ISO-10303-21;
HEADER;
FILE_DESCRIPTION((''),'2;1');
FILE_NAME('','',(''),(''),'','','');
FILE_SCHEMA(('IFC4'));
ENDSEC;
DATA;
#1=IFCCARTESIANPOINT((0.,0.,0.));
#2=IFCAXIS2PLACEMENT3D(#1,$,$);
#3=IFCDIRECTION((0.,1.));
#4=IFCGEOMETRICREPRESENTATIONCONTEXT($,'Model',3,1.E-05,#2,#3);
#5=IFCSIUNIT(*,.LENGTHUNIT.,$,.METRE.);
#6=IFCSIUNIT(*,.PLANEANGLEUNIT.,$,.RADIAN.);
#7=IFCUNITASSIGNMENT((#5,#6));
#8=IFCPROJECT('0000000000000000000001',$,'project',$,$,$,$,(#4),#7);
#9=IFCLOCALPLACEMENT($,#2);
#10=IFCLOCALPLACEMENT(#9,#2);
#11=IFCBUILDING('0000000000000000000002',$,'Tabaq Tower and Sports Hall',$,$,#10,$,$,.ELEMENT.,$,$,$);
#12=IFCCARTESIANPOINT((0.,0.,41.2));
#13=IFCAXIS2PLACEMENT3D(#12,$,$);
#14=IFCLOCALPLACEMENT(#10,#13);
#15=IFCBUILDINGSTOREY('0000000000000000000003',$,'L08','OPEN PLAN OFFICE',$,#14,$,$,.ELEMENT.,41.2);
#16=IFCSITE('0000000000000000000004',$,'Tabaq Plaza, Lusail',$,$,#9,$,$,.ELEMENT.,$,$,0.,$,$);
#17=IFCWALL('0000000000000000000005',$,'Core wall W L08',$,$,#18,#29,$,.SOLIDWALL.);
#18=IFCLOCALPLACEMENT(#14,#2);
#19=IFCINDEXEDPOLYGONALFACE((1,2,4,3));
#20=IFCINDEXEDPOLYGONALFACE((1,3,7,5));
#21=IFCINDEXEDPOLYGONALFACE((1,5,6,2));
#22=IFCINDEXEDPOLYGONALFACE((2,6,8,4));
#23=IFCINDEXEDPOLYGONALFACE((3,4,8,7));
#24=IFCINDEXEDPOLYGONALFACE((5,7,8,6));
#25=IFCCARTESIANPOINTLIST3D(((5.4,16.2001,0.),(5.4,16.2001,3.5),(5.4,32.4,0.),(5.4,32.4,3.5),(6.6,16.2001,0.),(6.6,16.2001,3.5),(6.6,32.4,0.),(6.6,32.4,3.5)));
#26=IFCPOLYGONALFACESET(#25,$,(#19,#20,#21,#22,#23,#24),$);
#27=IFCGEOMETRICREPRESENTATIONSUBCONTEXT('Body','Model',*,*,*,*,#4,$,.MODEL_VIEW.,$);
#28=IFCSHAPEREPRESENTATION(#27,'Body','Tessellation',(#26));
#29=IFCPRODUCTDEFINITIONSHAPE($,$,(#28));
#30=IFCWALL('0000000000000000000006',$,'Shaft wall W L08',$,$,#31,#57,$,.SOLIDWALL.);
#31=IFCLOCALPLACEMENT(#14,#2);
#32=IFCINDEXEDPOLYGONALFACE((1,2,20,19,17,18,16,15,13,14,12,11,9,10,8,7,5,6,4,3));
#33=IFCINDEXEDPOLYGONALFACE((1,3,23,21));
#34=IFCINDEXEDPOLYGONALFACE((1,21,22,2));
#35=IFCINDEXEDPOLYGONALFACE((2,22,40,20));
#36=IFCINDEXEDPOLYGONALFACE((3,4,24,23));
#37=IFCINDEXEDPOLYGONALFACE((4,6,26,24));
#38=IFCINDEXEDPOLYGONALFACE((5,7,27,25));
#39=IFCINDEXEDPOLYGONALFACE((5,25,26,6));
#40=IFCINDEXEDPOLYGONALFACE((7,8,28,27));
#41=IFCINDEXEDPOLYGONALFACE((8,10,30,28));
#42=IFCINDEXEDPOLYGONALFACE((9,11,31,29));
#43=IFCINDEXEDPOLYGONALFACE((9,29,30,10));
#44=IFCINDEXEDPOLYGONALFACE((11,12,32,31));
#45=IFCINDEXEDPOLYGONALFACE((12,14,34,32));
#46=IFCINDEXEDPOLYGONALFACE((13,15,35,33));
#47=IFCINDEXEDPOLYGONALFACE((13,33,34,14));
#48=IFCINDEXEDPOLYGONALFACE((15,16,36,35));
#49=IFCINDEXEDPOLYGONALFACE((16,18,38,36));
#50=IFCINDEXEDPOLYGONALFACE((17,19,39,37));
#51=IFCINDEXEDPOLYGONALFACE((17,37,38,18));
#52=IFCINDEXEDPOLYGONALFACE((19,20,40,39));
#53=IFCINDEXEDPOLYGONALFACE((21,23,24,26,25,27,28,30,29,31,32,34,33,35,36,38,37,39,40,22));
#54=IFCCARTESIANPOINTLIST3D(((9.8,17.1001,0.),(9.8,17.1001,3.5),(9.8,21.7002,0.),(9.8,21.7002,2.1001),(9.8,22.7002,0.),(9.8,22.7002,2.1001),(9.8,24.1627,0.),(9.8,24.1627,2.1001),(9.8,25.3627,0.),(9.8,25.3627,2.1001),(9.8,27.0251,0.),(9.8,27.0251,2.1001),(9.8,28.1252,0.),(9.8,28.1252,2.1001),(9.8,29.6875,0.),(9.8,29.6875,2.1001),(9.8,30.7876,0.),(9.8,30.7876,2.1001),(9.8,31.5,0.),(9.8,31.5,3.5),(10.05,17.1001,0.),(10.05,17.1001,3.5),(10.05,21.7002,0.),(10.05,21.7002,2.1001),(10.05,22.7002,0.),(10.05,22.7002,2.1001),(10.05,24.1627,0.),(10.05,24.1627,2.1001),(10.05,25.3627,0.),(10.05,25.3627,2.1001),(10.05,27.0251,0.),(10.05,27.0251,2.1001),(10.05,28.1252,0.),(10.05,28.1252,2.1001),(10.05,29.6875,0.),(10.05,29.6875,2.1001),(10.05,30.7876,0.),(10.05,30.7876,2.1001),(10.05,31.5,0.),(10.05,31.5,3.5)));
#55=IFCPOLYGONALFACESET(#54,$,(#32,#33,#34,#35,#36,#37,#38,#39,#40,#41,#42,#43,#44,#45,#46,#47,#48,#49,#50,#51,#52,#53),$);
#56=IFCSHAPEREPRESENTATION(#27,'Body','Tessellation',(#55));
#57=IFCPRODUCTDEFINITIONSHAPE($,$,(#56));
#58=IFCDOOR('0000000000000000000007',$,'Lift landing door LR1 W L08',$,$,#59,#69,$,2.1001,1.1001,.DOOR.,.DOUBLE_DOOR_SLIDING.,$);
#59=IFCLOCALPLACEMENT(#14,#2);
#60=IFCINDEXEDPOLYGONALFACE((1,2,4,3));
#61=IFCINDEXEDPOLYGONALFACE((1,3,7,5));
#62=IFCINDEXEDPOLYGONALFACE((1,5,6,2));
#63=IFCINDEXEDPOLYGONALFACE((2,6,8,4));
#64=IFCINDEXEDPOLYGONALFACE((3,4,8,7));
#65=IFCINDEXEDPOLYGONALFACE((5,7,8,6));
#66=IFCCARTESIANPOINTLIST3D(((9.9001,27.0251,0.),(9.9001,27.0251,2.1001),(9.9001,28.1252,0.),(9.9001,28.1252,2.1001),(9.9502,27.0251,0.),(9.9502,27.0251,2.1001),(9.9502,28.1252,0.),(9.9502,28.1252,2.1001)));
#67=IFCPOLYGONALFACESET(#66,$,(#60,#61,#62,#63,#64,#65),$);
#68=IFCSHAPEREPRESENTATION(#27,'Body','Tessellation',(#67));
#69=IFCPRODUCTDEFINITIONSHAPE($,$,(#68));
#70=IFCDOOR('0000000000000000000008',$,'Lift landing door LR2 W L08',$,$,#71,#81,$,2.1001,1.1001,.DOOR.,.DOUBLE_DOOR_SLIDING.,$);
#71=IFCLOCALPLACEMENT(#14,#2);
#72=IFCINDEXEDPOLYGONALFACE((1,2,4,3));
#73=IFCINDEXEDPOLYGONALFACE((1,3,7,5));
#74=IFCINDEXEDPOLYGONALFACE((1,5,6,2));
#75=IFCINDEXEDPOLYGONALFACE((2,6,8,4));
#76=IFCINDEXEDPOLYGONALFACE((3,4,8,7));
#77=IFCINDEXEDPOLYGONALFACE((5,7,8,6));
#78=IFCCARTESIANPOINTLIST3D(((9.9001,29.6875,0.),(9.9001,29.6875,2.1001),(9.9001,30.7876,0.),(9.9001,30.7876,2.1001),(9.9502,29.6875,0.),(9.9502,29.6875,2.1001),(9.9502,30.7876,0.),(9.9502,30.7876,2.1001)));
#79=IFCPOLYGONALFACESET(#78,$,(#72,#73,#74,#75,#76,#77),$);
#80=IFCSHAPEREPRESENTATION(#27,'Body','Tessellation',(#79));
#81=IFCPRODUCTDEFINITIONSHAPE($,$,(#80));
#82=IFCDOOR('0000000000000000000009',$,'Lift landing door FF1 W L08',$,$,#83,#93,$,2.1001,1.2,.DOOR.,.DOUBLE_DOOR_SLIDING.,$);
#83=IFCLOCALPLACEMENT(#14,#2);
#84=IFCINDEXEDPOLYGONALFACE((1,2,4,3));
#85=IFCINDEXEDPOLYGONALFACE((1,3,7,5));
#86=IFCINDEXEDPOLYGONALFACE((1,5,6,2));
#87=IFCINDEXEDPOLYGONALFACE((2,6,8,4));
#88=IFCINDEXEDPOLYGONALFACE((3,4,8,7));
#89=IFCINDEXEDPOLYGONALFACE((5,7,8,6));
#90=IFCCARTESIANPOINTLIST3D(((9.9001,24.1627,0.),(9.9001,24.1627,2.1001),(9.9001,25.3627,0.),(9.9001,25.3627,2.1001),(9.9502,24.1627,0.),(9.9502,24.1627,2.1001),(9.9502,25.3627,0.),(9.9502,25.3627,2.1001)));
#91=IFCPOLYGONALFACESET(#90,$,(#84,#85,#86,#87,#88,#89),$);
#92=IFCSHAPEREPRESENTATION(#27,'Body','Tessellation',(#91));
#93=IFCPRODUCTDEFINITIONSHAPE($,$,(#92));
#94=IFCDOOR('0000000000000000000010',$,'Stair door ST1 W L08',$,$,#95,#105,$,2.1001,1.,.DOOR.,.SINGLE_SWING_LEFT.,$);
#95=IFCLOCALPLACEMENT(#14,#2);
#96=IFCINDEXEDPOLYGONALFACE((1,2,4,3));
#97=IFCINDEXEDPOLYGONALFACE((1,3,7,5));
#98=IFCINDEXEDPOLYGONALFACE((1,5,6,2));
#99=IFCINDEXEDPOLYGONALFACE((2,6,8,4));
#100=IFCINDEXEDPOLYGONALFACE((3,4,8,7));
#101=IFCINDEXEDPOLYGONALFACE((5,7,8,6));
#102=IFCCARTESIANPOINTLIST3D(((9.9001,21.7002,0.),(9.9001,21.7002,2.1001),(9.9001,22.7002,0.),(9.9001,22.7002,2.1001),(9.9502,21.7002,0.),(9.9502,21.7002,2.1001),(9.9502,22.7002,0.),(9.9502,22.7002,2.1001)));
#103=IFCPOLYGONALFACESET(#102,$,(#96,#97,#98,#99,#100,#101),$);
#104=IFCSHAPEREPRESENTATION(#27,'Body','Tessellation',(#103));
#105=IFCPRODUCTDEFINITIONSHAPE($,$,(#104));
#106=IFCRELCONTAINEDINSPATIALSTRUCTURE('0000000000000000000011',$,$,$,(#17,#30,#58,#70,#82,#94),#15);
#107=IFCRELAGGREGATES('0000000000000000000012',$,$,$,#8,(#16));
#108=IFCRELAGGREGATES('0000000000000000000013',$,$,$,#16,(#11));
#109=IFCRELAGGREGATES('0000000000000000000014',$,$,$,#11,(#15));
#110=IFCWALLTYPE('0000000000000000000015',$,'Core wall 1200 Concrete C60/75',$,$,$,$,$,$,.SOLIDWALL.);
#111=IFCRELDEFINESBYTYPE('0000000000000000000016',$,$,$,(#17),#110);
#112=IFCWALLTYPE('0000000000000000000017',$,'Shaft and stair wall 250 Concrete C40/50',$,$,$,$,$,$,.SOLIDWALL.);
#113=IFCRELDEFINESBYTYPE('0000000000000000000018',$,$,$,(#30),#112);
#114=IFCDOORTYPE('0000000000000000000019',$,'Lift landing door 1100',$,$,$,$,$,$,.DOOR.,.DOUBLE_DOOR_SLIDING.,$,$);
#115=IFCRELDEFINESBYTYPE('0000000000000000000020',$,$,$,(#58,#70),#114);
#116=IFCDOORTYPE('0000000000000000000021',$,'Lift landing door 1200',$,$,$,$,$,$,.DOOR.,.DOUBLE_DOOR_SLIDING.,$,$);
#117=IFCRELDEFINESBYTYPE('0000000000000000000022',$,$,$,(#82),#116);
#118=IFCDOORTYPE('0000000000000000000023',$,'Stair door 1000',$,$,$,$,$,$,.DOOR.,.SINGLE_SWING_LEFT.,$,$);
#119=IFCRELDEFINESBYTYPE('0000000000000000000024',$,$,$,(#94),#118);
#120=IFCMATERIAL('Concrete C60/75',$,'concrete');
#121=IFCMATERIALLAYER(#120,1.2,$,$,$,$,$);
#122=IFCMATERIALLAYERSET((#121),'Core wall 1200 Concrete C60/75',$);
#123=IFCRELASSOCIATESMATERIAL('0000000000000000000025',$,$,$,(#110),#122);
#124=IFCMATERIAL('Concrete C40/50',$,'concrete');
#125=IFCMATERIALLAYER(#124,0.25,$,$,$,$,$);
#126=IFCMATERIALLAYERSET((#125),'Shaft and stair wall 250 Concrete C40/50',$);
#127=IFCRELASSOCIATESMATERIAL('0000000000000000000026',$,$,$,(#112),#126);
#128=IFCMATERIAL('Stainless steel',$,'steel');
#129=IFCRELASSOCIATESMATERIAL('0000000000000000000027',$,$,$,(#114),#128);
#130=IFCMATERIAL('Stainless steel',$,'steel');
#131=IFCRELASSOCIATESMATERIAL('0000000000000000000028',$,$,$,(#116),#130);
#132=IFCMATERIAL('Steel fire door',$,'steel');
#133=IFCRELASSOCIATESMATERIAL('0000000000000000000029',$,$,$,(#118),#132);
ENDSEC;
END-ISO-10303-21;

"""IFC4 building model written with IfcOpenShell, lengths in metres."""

from ifc_helpers import new_model, si_unit, direction, frame, frame_2d, origin, place, context, subcontext, project, spatial, rectangle, extrude, material, layer, layer_set, type_object, element, fill, save


model = new_model("IFC4")

# Units and contexts
model_context = context("Model", 3, precision=1e-05, world=origin(), true_north=direction((0.0, 1.0)))
body_context = subcontext(model_context, "Body", "Model", "MODEL_VIEW")
ifc_project = project(units=[si_unit("LENGTHUNIT", "METRE"), si_unit("PLANEANGLEUNIT", "RADIAN")], contexts=[model_context])

# Site, building, storey
site_placement = place(None, origin())
site = spatial("IfcSite", under=ifc_project, at=site_placement, Name="Tabaq Plaza, Lusail", CompositionType="ELEMENT", RefElevation=0.0)
building_placement = place(site_placement, origin())
building = spatial("IfcBuilding", under=site, at=building_placement, Name="Tabaq Tower and Sports Hall", CompositionType="ELEMENT")
storey_placement = place(building_placement, frame((0.0, 0.0, 41.2)))
storey = spatial("IfcBuildingStorey", under=building, at=storey_placement, Name="L08", Description="OPEN PLAN OFFICE", CompositionType="ELEMENT", Elevation=41.2)

# Wall
ifc_material_1 = material(Name="Concrete C60/75", Category="concrete")
ifc_layer_1 = layer(ifc_material_1, 1.2)
ifc_layer_set_1 = layer_set([ifc_layer_1], Name="Core wall 1200 Concrete C60/75")
wall_type_1 = type_object("IfcWallType", Name="Core wall 1200 Concrete C60/75", PredefinedType="SOLIDWALL", material=ifc_layer_set_1)
wall_1_placement = place(storey_placement, frame((6.0, 16.2, 0.0), z_axis=(0.0, 0.0, 1.0), x_axis=(0.0, 1.0, 0.0)))
element("IfcWall", 1, at=wall_1_placement, inside=storey, type_object=wall_type_1, Name="Core wall W L08", PredefinedType="SOLIDWALL", context=body_context, shape_type="SweptSolid", body=[
    extrude(rectangle(XDim=16.2, YDim=1.2, at=frame_2d((8.1001, 0.0))), origin(), (0.0, 0.0, 1.0), 3.5),
])

# Wall, openings, doors
ifc_material_2 = material(Name="Concrete C40/50", Category="concrete")
ifc_layer_2 = layer(ifc_material_2, 0.25)
ifc_layer_set_2 = layer_set([ifc_layer_2], Name="Shaft and stair wall 250 Concrete C40/50")
wall_type_2 = type_object("IfcWallType", Name="Shaft and stair wall 250 Concrete C40/50", PredefinedType="SOLIDWALL", material=ifc_layer_set_2)
wall_2_placement = place(storey_placement, frame((9.925, 17.1001, 0.0), z_axis=(0.0, 0.0, 1.0), x_axis=(0.0, 1.0, 0.0)))
wall_2 = element("IfcWall", 2, at=wall_2_placement, inside=storey, type_object=wall_type_2, Name="Shaft wall W L08", PredefinedType="SOLIDWALL", context=body_context, shape_type="SweptSolid", body=[
    extrude(rectangle(XDim=14.3999, YDim=0.25, at=frame_2d((7.2, 0.0))), origin(), (0.0, 0.0, 1.0), 3.5),
])
opening_1_placement = place(wall_2_placement, frame((4.6001, 0.0, 0.0)))
opening_1 = element("IfcOpeningElement", 3, at=opening_1_placement, cuts=wall_2, PredefinedType="OPENING", context=body_context, shape_type="SweptSolid", body=[
    extrude(rectangle(XDim=1.0, YDim=2.1001, at=frame_2d((0.5, 1.05))), frame((0.0, 0.125, 0.0), z_axis=(0.0, -1.0, 0.0), x_axis=(1.0, 0.0, 0.0)), (0.0, 0.0, 1.0), 0.25),
])
opening_2_placement = place(wall_2_placement, frame((7.0625, 0.0, 0.0)))
opening_2 = element("IfcOpeningElement", 4, at=opening_2_placement, cuts=wall_2, PredefinedType="OPENING", context=body_context, shape_type="SweptSolid", body=[
    extrude(rectangle(XDim=1.2, YDim=2.1001, at=frame_2d((0.6001, 1.05))), frame((0.0, 0.125, 0.0), z_axis=(0.0, -1.0, 0.0), x_axis=(1.0, 0.0, 0.0)), (0.0, 0.0, 1.0), 0.25),
])
opening_3_placement = place(wall_2_placement, frame((9.925, 0.0, 0.0)))
opening_3 = element("IfcOpeningElement", 5, at=opening_3_placement, cuts=wall_2, PredefinedType="OPENING", context=body_context, shape_type="SweptSolid", body=[
    extrude(rectangle(XDim=1.1001, YDim=2.1001, at=frame_2d((0.55, 1.05))), frame((0.0, 0.125, 0.0), z_axis=(0.0, -1.0, 0.0), x_axis=(1.0, 0.0, 0.0)), (0.0, 0.0, 1.0), 0.25),
])
opening_4_placement = place(wall_2_placement, frame((12.5874, 0.0, 0.0)))
opening_4 = element("IfcOpeningElement", 6, at=opening_4_placement, cuts=wall_2, PredefinedType="OPENING", context=body_context, shape_type="SweptSolid", body=[
    extrude(rectangle(XDim=1.1001, YDim=2.1001, at=frame_2d((0.55, 1.05))), frame((0.0, 0.125, 0.0), z_axis=(0.0, -1.0, 0.0), x_axis=(1.0, 0.0, 0.0)), (0.0, 0.0, 1.0), 0.25),
])
ifc_material_3 = material(Name="Stainless steel", Category="steel")
door_type_1 = type_object("IfcDoorType", Name="Lift landing door 1100", OperationType="DOUBLE_DOOR_SLIDING", PredefinedType="DOOR", material=ifc_material_3)
door_1_placement = place(opening_3_placement, origin())
door_1 = element("IfcDoor", 7, at=door_1_placement, inside=storey, type_object=door_type_1, Name="Lift landing door LR1 W L08", OperationType="DOUBLE_DOOR_SLIDING", OverallHeight=2.1001, OverallWidth=1.1001, PredefinedType="DOOR", context=body_context, shape_type="SweptSolid", body=[
    extrude(rectangle(XDim=1.1001, YDim=2.1001, at=frame_2d((0.55, 1.05))), frame((0.0, 0.0249, 0.0), z_axis=(0.0, -1.0, 0.0), x_axis=(1.0, 0.0, 0.0)), (0.0, 0.0, 1.0), 0.05),
])
fill(opening_3, door_1)
door_2_placement = place(opening_4_placement, origin())
door_2 = element("IfcDoor", 8, at=door_2_placement, inside=storey, type_object=door_type_1, Name="Lift landing door LR2 W L08", OperationType="DOUBLE_DOOR_SLIDING", OverallHeight=2.1001, OverallWidth=1.1001, PredefinedType="DOOR", context=body_context, shape_type="SweptSolid", body=[
    extrude(rectangle(XDim=1.1001, YDim=2.1001, at=frame_2d((0.55, 1.05))), frame((0.0, 0.0249, 0.0), z_axis=(0.0, -1.0, 0.0), x_axis=(1.0, 0.0, 0.0)), (0.0, 0.0, 1.0), 0.05),
])
fill(opening_4, door_2)
ifc_material_4 = material(Name="Stainless steel", Category="steel")
door_type_2 = type_object("IfcDoorType", Name="Lift landing door 1200", OperationType="DOUBLE_DOOR_SLIDING", PredefinedType="DOOR", material=ifc_material_4)
door_3_placement = place(opening_2_placement, origin())
door_3 = element("IfcDoor", 9, at=door_3_placement, inside=storey, type_object=door_type_2, Name="Lift landing door FF1 W L08", OperationType="DOUBLE_DOOR_SLIDING", OverallHeight=2.1001, OverallWidth=1.2, PredefinedType="DOOR", context=body_context, shape_type="SweptSolid", body=[
    extrude(rectangle(XDim=1.2, YDim=2.1001, at=frame_2d((0.6001, 1.05))), frame((0.0, 0.0249, 0.0), z_axis=(0.0, -1.0, 0.0), x_axis=(1.0, 0.0, 0.0)), (0.0, 0.0, 1.0), 0.05),
])
fill(opening_2, door_3)
ifc_material_5 = material(Name="Steel fire door", Category="steel")
door_type_3 = type_object("IfcDoorType", Name="Stair door 1000", OperationType="SINGLE_SWING_LEFT", PredefinedType="DOOR", material=ifc_material_5)
door_4_placement = place(opening_1_placement, origin())
door_4 = element("IfcDoor", 10, at=door_4_placement, inside=storey, type_object=door_type_3, Name="Stair door ST1 W L08", OperationType="SINGLE_SWING_LEFT", OverallHeight=2.1001, OverallWidth=1.0, PredefinedType="DOOR", context=body_context, shape_type="SweptSolid", body=[
    extrude(rectangle(XDim=1.0, YDim=2.1001, at=frame_2d((0.5, 1.05))), frame((0.0, 0.0249, 0.0), z_axis=(0.0, -1.0, 0.0), x_axis=(1.0, 0.0, 0.0)), (0.0, 0.0, 1.0), 0.05),
])
fill(opening_1, door_4)

save(model, "model.ifc")
